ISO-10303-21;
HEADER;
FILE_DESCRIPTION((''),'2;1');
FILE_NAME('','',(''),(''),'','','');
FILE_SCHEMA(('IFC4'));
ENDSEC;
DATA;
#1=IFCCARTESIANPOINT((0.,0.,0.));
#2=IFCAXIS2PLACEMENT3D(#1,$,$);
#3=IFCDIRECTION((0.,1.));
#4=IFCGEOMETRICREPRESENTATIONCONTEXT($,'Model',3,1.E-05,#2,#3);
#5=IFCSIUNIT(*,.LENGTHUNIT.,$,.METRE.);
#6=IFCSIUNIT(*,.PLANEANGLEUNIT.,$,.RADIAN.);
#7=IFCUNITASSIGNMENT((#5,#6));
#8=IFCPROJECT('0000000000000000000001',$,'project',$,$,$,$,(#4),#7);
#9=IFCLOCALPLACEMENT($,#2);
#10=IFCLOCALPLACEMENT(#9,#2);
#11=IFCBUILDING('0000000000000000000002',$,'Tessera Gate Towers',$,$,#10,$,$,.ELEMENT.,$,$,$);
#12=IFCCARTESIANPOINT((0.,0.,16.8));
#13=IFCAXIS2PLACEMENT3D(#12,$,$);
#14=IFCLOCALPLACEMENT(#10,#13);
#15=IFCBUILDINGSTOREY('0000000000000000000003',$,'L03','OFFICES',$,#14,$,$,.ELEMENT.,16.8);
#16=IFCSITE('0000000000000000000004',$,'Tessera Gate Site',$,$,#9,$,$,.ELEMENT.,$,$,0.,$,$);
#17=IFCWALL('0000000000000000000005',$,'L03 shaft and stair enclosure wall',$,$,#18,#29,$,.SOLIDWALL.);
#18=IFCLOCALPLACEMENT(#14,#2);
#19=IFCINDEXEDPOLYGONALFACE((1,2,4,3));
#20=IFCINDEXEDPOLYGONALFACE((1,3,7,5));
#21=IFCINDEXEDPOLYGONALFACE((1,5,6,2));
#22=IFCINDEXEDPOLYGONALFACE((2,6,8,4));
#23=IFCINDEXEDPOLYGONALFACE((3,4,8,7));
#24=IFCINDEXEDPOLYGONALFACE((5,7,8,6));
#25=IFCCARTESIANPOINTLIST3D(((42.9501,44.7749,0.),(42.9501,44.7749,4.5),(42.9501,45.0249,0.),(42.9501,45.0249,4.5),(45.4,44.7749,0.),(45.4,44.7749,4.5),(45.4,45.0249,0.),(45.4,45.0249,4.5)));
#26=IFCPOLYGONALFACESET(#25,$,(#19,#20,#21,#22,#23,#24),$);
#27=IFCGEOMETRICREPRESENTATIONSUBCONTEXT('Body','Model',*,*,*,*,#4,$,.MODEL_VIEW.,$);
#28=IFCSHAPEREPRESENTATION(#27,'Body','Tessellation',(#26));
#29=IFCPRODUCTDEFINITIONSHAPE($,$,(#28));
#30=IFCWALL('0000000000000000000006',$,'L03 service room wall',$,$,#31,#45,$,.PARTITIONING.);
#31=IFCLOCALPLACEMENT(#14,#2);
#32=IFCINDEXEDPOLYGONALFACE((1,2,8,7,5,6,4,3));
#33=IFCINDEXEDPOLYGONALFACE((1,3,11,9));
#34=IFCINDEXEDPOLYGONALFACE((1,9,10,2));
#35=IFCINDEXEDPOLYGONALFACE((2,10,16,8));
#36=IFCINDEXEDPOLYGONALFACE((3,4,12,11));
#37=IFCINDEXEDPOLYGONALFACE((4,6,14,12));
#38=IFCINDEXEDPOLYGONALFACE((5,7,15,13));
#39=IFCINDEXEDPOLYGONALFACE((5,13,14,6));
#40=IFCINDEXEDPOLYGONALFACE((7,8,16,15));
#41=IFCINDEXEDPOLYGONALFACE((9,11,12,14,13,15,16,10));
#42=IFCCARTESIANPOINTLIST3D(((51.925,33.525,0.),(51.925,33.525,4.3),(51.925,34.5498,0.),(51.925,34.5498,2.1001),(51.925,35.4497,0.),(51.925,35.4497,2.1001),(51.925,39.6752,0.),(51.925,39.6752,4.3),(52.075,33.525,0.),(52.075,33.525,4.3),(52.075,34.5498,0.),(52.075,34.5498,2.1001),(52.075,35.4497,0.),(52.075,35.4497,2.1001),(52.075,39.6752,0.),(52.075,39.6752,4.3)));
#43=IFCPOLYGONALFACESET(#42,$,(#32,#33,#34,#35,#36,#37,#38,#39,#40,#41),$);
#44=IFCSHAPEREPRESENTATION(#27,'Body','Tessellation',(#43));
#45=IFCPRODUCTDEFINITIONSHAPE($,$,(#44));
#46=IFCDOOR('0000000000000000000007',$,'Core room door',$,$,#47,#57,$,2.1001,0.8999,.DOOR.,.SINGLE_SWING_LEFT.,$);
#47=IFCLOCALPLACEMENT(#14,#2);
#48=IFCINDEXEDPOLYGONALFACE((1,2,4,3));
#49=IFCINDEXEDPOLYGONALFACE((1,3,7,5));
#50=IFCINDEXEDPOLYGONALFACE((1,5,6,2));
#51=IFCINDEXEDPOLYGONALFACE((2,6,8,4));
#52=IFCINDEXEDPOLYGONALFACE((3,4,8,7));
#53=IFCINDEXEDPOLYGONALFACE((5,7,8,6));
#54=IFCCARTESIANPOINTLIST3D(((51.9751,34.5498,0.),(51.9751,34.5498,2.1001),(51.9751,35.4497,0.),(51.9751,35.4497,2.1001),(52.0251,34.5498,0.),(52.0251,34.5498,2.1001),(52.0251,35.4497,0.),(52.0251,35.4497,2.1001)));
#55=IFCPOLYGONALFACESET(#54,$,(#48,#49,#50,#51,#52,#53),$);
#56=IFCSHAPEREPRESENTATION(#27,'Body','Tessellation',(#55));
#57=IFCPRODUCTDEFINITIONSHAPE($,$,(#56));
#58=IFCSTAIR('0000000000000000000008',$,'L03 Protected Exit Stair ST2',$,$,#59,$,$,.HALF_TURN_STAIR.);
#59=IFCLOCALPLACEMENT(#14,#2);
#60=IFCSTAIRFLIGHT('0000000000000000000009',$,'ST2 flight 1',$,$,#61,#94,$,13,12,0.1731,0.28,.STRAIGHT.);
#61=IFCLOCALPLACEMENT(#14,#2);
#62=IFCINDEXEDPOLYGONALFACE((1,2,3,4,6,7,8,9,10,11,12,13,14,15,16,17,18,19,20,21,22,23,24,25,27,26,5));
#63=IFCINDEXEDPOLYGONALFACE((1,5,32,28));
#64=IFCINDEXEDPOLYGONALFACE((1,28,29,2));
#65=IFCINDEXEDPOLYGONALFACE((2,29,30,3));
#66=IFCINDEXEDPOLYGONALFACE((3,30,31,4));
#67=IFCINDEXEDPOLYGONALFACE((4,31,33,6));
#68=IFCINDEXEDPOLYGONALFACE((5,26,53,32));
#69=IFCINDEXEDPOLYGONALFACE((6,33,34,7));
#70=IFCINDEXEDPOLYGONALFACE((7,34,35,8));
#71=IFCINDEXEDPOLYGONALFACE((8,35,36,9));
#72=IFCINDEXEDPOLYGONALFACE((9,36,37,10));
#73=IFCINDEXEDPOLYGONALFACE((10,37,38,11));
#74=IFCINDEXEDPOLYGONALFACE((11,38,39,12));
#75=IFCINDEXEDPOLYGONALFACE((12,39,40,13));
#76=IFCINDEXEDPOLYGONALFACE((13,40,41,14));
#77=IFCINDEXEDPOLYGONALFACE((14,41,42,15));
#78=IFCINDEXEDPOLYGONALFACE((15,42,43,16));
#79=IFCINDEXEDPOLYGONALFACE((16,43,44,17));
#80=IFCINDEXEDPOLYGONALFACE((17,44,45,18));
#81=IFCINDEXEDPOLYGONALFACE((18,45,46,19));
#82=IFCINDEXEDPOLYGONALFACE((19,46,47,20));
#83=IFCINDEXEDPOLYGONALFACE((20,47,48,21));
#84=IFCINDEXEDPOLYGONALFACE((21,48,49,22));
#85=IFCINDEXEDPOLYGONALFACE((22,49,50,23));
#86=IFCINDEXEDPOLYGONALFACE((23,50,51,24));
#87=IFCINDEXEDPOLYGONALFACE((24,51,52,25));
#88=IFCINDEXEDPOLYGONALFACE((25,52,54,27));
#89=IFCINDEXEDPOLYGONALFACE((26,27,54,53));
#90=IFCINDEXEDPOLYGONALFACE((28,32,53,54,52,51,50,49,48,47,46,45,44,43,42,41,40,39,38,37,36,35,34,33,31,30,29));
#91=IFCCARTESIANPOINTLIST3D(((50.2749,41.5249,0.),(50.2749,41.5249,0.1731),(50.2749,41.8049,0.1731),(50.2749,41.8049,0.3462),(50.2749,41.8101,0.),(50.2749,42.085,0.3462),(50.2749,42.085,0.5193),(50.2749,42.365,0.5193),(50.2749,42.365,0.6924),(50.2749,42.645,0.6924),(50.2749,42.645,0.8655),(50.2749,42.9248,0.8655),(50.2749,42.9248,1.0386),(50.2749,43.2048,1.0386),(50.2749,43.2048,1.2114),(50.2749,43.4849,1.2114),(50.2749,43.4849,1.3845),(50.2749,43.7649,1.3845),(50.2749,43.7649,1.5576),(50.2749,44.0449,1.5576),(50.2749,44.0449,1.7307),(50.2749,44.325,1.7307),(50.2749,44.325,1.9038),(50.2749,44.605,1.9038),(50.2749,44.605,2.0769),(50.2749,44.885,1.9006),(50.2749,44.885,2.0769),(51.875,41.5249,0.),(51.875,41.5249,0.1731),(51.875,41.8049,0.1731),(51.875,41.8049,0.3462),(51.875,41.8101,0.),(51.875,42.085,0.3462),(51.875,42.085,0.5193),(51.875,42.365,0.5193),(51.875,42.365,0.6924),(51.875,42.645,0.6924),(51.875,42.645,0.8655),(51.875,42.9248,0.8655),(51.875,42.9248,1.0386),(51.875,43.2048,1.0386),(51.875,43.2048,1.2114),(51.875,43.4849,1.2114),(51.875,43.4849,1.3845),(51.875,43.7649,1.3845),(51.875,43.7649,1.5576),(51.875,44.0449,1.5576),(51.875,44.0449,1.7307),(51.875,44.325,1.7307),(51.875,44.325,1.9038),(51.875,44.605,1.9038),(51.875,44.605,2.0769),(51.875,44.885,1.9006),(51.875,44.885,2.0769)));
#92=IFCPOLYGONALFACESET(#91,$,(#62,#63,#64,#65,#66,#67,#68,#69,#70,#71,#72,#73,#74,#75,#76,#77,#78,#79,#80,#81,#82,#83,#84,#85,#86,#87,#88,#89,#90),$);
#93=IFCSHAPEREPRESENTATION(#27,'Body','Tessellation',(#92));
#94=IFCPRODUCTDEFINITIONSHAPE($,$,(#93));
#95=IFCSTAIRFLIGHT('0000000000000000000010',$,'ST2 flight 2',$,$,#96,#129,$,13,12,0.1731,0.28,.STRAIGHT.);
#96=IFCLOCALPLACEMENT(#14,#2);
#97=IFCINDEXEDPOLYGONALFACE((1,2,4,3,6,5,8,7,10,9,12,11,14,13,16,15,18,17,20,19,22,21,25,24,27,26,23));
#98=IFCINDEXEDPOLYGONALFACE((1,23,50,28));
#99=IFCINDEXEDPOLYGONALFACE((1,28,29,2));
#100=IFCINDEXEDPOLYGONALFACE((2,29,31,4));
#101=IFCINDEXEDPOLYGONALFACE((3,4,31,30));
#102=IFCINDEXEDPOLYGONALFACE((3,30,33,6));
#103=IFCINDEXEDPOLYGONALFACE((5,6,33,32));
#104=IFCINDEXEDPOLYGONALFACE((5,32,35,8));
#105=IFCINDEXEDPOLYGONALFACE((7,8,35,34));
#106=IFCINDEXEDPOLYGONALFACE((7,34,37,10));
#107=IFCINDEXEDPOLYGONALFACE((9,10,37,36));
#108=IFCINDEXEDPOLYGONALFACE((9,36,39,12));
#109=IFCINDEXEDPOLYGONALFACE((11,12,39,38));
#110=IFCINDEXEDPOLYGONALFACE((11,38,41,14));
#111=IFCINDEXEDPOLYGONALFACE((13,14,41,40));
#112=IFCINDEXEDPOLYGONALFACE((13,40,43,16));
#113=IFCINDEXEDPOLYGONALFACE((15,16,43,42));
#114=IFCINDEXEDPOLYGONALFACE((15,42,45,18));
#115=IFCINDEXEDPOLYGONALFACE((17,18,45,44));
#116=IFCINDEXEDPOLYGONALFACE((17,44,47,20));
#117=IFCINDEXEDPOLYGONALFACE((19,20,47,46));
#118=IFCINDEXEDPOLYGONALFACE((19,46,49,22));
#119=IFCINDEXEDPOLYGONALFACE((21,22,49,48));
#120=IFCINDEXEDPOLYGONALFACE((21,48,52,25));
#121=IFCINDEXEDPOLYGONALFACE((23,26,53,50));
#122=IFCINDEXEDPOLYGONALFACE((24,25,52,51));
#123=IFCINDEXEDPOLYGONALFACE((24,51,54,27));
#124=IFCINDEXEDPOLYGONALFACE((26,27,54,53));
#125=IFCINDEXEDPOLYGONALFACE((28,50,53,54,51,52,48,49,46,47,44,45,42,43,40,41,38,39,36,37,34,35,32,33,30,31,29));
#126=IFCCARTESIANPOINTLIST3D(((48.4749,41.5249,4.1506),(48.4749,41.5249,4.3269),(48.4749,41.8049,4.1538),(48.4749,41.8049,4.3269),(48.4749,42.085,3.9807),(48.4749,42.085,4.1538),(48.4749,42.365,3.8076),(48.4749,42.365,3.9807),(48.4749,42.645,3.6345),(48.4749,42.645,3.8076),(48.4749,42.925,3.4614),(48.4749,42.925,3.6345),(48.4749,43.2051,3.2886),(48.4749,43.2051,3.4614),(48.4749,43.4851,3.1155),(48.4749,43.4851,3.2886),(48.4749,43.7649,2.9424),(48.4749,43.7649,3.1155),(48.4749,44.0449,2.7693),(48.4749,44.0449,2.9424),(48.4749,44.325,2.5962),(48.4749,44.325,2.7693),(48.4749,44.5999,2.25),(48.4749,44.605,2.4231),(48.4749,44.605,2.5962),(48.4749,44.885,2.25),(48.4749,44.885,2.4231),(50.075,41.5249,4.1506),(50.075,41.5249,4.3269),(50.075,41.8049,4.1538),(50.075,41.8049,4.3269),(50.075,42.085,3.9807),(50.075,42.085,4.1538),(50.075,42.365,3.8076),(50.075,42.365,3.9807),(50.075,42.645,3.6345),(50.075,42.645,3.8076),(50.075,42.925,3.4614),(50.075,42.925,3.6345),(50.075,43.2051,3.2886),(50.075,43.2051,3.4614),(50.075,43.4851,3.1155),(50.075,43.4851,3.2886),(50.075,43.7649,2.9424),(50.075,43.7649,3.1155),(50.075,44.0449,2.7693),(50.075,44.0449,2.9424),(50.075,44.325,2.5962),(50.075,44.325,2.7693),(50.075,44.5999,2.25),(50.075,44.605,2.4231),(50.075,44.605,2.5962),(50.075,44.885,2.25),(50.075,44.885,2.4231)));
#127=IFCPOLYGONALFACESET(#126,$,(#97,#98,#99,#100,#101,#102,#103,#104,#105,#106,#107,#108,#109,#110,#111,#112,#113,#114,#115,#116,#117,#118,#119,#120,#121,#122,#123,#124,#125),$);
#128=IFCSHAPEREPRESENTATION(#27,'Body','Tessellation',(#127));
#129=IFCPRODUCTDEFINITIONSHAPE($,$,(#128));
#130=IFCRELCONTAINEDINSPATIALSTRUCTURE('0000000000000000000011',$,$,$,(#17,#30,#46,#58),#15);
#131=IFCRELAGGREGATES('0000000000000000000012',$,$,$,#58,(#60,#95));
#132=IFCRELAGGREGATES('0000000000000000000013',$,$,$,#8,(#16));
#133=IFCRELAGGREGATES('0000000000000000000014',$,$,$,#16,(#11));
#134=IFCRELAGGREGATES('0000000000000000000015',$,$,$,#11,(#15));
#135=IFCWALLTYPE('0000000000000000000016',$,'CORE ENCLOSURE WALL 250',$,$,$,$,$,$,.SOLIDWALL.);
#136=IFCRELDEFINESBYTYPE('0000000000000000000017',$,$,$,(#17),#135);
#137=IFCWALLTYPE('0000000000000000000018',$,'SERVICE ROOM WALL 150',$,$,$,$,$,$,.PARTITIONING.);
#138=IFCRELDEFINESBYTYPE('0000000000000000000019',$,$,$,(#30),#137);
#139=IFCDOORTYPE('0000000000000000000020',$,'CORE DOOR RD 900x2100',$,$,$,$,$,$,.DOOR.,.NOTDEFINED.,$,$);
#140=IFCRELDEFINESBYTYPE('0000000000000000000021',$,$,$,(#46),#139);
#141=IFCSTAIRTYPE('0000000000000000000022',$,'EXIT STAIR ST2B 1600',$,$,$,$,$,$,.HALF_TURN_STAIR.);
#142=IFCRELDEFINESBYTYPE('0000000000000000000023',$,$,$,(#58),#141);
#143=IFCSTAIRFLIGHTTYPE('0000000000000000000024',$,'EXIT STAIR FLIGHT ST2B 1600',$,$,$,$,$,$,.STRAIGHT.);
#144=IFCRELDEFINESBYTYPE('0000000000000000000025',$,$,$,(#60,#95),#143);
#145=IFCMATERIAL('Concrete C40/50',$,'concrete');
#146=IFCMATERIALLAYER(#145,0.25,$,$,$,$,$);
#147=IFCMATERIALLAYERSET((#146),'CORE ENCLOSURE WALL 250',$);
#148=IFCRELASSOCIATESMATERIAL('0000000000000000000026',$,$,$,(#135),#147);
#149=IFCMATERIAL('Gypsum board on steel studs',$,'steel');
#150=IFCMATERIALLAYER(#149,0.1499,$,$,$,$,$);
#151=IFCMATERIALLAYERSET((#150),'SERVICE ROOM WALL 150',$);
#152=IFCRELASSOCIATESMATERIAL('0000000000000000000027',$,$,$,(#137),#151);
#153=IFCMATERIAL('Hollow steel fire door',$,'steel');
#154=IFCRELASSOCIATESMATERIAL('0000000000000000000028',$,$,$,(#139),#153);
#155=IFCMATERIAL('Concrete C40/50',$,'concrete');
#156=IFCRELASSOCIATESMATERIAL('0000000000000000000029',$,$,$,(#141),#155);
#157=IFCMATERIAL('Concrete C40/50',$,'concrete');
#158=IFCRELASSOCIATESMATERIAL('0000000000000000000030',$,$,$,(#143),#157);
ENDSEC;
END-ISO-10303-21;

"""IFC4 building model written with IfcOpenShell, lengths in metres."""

from ifc_helpers import new_model, si_unit, direction, frame, frame_2d, origin, place, context, subcontext, project, spatial, polyline, rectangle, outline, extrude, source, transform, mapped, material, layer, layer_set, type_object, element, fill, aggregate, save


model = new_model("IFC4")

# Units and contexts
model_context = context("Model", 3, precision=1e-05, world=origin(), true_north=direction((0.0, 1.0)))
body_context = subcontext(model_context, "Body", "Model", "MODEL_VIEW")
ifc_project = project(units=[si_unit("LENGTHUNIT", "METRE"), si_unit("PLANEANGLEUNIT", "RADIAN")], contexts=[model_context])

# Site, building, storey
site_placement = place(None, origin())
site = spatial("IfcSite", under=ifc_project, at=site_placement, Name="Tessera Gate Site", CompositionType="ELEMENT", RefElevation=0.0)
building_placement = place(site_placement, origin())
building = spatial("IfcBuilding", under=site, at=building_placement, Name="Tessera Gate Towers", CompositionType="ELEMENT")
storey_placement = place(building_placement, frame((0.0, 0.0, 16.8)))
storey = spatial("IfcBuildingStorey", under=building, at=storey_placement, Name="L03", Description="OFFICES", CompositionType="ELEMENT", Elevation=16.8)

# Shared definitions
ifc_material_1 = material(Name="Concrete C40/50", Category="concrete")
ifc_layer_1 = layer(ifc_material_1, 0.25)
ifc_layer_set_1 = layer_set([ifc_layer_1], Name="CORE ENCLOSURE WALL 250")
wall_type_1 = type_object("IfcWallType", Name="CORE ENCLOSURE WALL 250", PredefinedType="SOLIDWALL", material=ifc_layer_set_1)

# Wall
wall_1_placement = place(storey_placement, frame((42.95, 44.8999, 0.0), z_axis=(0.0, 0.0, 1.0), x_axis=(1.0, 0.0, 0.0)))
element("IfcWall", 1, at=wall_1_placement, inside=storey, type_object=wall_type_1, Name="L03 shaft and stair enclosure wall", PredefinedType="SOLIDWALL", context=body_context, shape_type="SweptSolid", body=[
    extrude(rectangle(XDim=2.45, YDim=0.25, at=frame_2d((1.2251, 0.0))), origin(), (0.0, 0.0, 1.0), 4.5),
])

# Wall, opening, door
ifc_material_2 = material(Name="Gypsum board on steel studs", Category="steel")
ifc_layer_2 = layer(ifc_material_2, 0.1499)
ifc_layer_set_2 = layer_set([ifc_layer_2], Name="SERVICE ROOM WALL 150")
wall_type_2 = type_object("IfcWallType", Name="SERVICE ROOM WALL 150", PredefinedType="PARTITIONING", material=ifc_layer_set_2)
wall_2_placement = place(storey_placement, frame((52.0, 33.5249, 0.0), z_axis=(0.0, 0.0, 1.0), x_axis=(0.0, 1.0, 0.0)))
wall_2 = element("IfcWall", 2, at=wall_2_placement, inside=storey, type_object=wall_type_2, Name="L03 service room wall", PredefinedType="PARTITIONING", context=body_context, shape_type="SweptSolid", body=[
    extrude(rectangle(XDim=6.1501, YDim=0.1499, at=frame_2d((3.0752, 0.0))), origin(), (0.0, 0.0, 1.0), 4.3),
])
shared_shape_1 = source(origin(), body_context, "Body", "SweptSolid", [
    extrude(rectangle(XDim=0.8999, YDim=2.1001, at=frame_2d((0.45, 1.05))), frame((0.0, 0.085, 0.0), z_axis=(0.0, -1.0, 0.0), x_axis=(1.0, 0.0, 0.0)), (0.0, 0.0, 1.0), 0.1699),
])
opening_1_placement = place(wall_2_placement, frame((1.0249, 0.0, 0.0)))
opening_1 = element("IfcOpeningElement", 3, at=opening_1_placement, cuts=wall_2, PredefinedType="OPENING", context=body_context, shape_type="MappedRepresentation", body=[
    mapped(shared_shape_1, transform((0.0, 0.0, 0.0), scale=1.0)),
])
ifc_material_3 = material(Name="Hollow steel fire door", Category="steel")
door_type_1 = type_object("IfcDoorType", Name="CORE DOOR RD 900x2100", OperationType="NOTDEFINED", PredefinedType="DOOR", material=ifc_material_3)
shared_shape_2 = source(origin(), body_context, "Body", "SweptSolid", [
    extrude(rectangle(XDim=0.8999, YDim=2.1001, at=frame_2d((0.45, 1.05))), frame((0.0, 0.0249, 0.0), z_axis=(0.0, -1.0, 0.0), x_axis=(1.0, 0.0, 0.0)), (0.0, 0.0, 1.0), 0.05),
])
door_1_placement = place(opening_1_placement, origin())
door_1 = element("IfcDoor", 4, at=door_1_placement, inside=storey, type_object=door_type_1, Name="Core room door", OperationType="SINGLE_SWING_LEFT", OverallHeight=2.1001, OverallWidth=0.8999, PredefinedType="DOOR", context=body_context, shape_type="MappedRepresentation", body=[
    mapped(shared_shape_2, transform((0.0, 0.0, 0.0), scale=1.0)),
])
fill(opening_1, door_1)

# Stair, stair flights
ifc_material_4 = material(Name="Concrete C40/50", Category="concrete")
stair_type = type_object("IfcStairType", Name="EXIT STAIR ST2B 1600", PredefinedType="HALF_TURN_STAIR", material=ifc_material_4)
stair_placement = place(storey_placement, origin())
stair = element("IfcStair", 5, at=stair_placement, inside=storey, type_object=stair_type, Name="L03 Protected Exit Stair ST2", PredefinedType="HALF_TURN_STAIR")
ifc_material_5 = material(Name="Concrete C40/50", Category="concrete")
stair_flight_type = type_object("IfcStairFlightType", Name="EXIT STAIR FLIGHT ST2B 1600", PredefinedType="STRAIGHT", material=ifc_material_5)
stair_flight_1_placement = place(storey_placement, frame((51.075, 41.5249, 0.0), z_axis=(0.0, 0.0, 1.0), x_axis=(0.0, 1.0, 0.0)))
stair_flight_1 = element("IfcStairFlight", 6, at=stair_flight_1_placement, type_object=stair_flight_type, Name="ST2 flight 1", NumberOfRisers=13, NumberOfTreads=12, PredefinedType="STRAIGHT", RiserHeight=0.1731, TreadLength=0.28, context=body_context, shape_type="SweptSolid", body=[
    extrude(outline(polyline([(0.0, 0.0), (0.0, 0.1731), (0.28, 0.1731), (0.28, 0.3462), (0.5601, 0.3462), (0.5601, 0.5193), (0.8401, 0.5193), (0.8401, 0.6924), (1.1201, 0.6924), (1.1201, 0.8655), (1.3999, 0.8655), (1.3999, 1.0386), (1.6799, 1.0386), (1.6799, 1.2114), (1.96, 1.2114), (1.96, 1.3845), (2.24, 1.3845), (2.24, 1.5576), (2.52, 1.5576), (2.52, 1.7307), (2.8, 1.7307), (2.8, 1.9038), (3.0801, 1.9038), (3.0801, 2.0769), (3.3601, 2.0769), (3.3601, 2.25), (3.3601, 1.9006), (0.2852, 0.0), (0.0, 0.0)])), frame((0.0, 0.8, 0.0), z_axis=(0.0, -1.0, 0.0), x_axis=(1.0, 0.0, 0.0)), (0.0, 0.0, 1.0), 1.6001),
])
stair_flight_2_placement = place(storey_placement, frame((49.2749, 44.885, 2.25), z_axis=(0.0, 0.0, 1.0), x_axis=(0.0, -1.0, 0.0)))
stair_flight_2 = element("IfcStairFlight", 7, at=stair_flight_2_placement, type_object=stair_flight_type, Name="ST2 flight 2", NumberOfRisers=13, NumberOfTreads=12, PredefinedType="STRAIGHT", RiserHeight=0.1731, TreadLength=0.28, context=body_context, shape_type="SweptSolid", body=[
    extrude(outline(polyline([(0.0, 0.0), (0.0, 0.1731), (0.28, 0.1731), (0.28, 0.3462), (0.5601, 0.3462), (0.5601, 0.5193), (0.8401, 0.5193), (0.8401, 0.6924), (1.1201, 0.6924), (1.1201, 0.8655), (1.3999, 0.8655), (1.3999, 1.0386), (1.6799, 1.0386), (1.6799, 1.2114), (1.96, 1.2114), (1.96, 1.3845), (2.24, 1.3845), (2.24, 1.5576), (2.52, 1.5576), (2.52, 1.7307), (2.8, 1.7307), (2.8, 1.9038), (3.0801, 1.9038), (3.0801, 2.0769), (3.3601, 2.0769), (3.3601, 2.25), (3.3601, 1.9006), (0.2852, 0.0), (0.0, 0.0)])), frame((0.0, 0.8, 0.0), z_axis=(0.0, -1.0, 0.0), x_axis=(1.0, 0.0, 0.0)), (0.0, 0.0, 1.0), 1.6001),
])
aggregate(stair, [stair_flight_1, stair_flight_2])

save(model, "model.ifc")
